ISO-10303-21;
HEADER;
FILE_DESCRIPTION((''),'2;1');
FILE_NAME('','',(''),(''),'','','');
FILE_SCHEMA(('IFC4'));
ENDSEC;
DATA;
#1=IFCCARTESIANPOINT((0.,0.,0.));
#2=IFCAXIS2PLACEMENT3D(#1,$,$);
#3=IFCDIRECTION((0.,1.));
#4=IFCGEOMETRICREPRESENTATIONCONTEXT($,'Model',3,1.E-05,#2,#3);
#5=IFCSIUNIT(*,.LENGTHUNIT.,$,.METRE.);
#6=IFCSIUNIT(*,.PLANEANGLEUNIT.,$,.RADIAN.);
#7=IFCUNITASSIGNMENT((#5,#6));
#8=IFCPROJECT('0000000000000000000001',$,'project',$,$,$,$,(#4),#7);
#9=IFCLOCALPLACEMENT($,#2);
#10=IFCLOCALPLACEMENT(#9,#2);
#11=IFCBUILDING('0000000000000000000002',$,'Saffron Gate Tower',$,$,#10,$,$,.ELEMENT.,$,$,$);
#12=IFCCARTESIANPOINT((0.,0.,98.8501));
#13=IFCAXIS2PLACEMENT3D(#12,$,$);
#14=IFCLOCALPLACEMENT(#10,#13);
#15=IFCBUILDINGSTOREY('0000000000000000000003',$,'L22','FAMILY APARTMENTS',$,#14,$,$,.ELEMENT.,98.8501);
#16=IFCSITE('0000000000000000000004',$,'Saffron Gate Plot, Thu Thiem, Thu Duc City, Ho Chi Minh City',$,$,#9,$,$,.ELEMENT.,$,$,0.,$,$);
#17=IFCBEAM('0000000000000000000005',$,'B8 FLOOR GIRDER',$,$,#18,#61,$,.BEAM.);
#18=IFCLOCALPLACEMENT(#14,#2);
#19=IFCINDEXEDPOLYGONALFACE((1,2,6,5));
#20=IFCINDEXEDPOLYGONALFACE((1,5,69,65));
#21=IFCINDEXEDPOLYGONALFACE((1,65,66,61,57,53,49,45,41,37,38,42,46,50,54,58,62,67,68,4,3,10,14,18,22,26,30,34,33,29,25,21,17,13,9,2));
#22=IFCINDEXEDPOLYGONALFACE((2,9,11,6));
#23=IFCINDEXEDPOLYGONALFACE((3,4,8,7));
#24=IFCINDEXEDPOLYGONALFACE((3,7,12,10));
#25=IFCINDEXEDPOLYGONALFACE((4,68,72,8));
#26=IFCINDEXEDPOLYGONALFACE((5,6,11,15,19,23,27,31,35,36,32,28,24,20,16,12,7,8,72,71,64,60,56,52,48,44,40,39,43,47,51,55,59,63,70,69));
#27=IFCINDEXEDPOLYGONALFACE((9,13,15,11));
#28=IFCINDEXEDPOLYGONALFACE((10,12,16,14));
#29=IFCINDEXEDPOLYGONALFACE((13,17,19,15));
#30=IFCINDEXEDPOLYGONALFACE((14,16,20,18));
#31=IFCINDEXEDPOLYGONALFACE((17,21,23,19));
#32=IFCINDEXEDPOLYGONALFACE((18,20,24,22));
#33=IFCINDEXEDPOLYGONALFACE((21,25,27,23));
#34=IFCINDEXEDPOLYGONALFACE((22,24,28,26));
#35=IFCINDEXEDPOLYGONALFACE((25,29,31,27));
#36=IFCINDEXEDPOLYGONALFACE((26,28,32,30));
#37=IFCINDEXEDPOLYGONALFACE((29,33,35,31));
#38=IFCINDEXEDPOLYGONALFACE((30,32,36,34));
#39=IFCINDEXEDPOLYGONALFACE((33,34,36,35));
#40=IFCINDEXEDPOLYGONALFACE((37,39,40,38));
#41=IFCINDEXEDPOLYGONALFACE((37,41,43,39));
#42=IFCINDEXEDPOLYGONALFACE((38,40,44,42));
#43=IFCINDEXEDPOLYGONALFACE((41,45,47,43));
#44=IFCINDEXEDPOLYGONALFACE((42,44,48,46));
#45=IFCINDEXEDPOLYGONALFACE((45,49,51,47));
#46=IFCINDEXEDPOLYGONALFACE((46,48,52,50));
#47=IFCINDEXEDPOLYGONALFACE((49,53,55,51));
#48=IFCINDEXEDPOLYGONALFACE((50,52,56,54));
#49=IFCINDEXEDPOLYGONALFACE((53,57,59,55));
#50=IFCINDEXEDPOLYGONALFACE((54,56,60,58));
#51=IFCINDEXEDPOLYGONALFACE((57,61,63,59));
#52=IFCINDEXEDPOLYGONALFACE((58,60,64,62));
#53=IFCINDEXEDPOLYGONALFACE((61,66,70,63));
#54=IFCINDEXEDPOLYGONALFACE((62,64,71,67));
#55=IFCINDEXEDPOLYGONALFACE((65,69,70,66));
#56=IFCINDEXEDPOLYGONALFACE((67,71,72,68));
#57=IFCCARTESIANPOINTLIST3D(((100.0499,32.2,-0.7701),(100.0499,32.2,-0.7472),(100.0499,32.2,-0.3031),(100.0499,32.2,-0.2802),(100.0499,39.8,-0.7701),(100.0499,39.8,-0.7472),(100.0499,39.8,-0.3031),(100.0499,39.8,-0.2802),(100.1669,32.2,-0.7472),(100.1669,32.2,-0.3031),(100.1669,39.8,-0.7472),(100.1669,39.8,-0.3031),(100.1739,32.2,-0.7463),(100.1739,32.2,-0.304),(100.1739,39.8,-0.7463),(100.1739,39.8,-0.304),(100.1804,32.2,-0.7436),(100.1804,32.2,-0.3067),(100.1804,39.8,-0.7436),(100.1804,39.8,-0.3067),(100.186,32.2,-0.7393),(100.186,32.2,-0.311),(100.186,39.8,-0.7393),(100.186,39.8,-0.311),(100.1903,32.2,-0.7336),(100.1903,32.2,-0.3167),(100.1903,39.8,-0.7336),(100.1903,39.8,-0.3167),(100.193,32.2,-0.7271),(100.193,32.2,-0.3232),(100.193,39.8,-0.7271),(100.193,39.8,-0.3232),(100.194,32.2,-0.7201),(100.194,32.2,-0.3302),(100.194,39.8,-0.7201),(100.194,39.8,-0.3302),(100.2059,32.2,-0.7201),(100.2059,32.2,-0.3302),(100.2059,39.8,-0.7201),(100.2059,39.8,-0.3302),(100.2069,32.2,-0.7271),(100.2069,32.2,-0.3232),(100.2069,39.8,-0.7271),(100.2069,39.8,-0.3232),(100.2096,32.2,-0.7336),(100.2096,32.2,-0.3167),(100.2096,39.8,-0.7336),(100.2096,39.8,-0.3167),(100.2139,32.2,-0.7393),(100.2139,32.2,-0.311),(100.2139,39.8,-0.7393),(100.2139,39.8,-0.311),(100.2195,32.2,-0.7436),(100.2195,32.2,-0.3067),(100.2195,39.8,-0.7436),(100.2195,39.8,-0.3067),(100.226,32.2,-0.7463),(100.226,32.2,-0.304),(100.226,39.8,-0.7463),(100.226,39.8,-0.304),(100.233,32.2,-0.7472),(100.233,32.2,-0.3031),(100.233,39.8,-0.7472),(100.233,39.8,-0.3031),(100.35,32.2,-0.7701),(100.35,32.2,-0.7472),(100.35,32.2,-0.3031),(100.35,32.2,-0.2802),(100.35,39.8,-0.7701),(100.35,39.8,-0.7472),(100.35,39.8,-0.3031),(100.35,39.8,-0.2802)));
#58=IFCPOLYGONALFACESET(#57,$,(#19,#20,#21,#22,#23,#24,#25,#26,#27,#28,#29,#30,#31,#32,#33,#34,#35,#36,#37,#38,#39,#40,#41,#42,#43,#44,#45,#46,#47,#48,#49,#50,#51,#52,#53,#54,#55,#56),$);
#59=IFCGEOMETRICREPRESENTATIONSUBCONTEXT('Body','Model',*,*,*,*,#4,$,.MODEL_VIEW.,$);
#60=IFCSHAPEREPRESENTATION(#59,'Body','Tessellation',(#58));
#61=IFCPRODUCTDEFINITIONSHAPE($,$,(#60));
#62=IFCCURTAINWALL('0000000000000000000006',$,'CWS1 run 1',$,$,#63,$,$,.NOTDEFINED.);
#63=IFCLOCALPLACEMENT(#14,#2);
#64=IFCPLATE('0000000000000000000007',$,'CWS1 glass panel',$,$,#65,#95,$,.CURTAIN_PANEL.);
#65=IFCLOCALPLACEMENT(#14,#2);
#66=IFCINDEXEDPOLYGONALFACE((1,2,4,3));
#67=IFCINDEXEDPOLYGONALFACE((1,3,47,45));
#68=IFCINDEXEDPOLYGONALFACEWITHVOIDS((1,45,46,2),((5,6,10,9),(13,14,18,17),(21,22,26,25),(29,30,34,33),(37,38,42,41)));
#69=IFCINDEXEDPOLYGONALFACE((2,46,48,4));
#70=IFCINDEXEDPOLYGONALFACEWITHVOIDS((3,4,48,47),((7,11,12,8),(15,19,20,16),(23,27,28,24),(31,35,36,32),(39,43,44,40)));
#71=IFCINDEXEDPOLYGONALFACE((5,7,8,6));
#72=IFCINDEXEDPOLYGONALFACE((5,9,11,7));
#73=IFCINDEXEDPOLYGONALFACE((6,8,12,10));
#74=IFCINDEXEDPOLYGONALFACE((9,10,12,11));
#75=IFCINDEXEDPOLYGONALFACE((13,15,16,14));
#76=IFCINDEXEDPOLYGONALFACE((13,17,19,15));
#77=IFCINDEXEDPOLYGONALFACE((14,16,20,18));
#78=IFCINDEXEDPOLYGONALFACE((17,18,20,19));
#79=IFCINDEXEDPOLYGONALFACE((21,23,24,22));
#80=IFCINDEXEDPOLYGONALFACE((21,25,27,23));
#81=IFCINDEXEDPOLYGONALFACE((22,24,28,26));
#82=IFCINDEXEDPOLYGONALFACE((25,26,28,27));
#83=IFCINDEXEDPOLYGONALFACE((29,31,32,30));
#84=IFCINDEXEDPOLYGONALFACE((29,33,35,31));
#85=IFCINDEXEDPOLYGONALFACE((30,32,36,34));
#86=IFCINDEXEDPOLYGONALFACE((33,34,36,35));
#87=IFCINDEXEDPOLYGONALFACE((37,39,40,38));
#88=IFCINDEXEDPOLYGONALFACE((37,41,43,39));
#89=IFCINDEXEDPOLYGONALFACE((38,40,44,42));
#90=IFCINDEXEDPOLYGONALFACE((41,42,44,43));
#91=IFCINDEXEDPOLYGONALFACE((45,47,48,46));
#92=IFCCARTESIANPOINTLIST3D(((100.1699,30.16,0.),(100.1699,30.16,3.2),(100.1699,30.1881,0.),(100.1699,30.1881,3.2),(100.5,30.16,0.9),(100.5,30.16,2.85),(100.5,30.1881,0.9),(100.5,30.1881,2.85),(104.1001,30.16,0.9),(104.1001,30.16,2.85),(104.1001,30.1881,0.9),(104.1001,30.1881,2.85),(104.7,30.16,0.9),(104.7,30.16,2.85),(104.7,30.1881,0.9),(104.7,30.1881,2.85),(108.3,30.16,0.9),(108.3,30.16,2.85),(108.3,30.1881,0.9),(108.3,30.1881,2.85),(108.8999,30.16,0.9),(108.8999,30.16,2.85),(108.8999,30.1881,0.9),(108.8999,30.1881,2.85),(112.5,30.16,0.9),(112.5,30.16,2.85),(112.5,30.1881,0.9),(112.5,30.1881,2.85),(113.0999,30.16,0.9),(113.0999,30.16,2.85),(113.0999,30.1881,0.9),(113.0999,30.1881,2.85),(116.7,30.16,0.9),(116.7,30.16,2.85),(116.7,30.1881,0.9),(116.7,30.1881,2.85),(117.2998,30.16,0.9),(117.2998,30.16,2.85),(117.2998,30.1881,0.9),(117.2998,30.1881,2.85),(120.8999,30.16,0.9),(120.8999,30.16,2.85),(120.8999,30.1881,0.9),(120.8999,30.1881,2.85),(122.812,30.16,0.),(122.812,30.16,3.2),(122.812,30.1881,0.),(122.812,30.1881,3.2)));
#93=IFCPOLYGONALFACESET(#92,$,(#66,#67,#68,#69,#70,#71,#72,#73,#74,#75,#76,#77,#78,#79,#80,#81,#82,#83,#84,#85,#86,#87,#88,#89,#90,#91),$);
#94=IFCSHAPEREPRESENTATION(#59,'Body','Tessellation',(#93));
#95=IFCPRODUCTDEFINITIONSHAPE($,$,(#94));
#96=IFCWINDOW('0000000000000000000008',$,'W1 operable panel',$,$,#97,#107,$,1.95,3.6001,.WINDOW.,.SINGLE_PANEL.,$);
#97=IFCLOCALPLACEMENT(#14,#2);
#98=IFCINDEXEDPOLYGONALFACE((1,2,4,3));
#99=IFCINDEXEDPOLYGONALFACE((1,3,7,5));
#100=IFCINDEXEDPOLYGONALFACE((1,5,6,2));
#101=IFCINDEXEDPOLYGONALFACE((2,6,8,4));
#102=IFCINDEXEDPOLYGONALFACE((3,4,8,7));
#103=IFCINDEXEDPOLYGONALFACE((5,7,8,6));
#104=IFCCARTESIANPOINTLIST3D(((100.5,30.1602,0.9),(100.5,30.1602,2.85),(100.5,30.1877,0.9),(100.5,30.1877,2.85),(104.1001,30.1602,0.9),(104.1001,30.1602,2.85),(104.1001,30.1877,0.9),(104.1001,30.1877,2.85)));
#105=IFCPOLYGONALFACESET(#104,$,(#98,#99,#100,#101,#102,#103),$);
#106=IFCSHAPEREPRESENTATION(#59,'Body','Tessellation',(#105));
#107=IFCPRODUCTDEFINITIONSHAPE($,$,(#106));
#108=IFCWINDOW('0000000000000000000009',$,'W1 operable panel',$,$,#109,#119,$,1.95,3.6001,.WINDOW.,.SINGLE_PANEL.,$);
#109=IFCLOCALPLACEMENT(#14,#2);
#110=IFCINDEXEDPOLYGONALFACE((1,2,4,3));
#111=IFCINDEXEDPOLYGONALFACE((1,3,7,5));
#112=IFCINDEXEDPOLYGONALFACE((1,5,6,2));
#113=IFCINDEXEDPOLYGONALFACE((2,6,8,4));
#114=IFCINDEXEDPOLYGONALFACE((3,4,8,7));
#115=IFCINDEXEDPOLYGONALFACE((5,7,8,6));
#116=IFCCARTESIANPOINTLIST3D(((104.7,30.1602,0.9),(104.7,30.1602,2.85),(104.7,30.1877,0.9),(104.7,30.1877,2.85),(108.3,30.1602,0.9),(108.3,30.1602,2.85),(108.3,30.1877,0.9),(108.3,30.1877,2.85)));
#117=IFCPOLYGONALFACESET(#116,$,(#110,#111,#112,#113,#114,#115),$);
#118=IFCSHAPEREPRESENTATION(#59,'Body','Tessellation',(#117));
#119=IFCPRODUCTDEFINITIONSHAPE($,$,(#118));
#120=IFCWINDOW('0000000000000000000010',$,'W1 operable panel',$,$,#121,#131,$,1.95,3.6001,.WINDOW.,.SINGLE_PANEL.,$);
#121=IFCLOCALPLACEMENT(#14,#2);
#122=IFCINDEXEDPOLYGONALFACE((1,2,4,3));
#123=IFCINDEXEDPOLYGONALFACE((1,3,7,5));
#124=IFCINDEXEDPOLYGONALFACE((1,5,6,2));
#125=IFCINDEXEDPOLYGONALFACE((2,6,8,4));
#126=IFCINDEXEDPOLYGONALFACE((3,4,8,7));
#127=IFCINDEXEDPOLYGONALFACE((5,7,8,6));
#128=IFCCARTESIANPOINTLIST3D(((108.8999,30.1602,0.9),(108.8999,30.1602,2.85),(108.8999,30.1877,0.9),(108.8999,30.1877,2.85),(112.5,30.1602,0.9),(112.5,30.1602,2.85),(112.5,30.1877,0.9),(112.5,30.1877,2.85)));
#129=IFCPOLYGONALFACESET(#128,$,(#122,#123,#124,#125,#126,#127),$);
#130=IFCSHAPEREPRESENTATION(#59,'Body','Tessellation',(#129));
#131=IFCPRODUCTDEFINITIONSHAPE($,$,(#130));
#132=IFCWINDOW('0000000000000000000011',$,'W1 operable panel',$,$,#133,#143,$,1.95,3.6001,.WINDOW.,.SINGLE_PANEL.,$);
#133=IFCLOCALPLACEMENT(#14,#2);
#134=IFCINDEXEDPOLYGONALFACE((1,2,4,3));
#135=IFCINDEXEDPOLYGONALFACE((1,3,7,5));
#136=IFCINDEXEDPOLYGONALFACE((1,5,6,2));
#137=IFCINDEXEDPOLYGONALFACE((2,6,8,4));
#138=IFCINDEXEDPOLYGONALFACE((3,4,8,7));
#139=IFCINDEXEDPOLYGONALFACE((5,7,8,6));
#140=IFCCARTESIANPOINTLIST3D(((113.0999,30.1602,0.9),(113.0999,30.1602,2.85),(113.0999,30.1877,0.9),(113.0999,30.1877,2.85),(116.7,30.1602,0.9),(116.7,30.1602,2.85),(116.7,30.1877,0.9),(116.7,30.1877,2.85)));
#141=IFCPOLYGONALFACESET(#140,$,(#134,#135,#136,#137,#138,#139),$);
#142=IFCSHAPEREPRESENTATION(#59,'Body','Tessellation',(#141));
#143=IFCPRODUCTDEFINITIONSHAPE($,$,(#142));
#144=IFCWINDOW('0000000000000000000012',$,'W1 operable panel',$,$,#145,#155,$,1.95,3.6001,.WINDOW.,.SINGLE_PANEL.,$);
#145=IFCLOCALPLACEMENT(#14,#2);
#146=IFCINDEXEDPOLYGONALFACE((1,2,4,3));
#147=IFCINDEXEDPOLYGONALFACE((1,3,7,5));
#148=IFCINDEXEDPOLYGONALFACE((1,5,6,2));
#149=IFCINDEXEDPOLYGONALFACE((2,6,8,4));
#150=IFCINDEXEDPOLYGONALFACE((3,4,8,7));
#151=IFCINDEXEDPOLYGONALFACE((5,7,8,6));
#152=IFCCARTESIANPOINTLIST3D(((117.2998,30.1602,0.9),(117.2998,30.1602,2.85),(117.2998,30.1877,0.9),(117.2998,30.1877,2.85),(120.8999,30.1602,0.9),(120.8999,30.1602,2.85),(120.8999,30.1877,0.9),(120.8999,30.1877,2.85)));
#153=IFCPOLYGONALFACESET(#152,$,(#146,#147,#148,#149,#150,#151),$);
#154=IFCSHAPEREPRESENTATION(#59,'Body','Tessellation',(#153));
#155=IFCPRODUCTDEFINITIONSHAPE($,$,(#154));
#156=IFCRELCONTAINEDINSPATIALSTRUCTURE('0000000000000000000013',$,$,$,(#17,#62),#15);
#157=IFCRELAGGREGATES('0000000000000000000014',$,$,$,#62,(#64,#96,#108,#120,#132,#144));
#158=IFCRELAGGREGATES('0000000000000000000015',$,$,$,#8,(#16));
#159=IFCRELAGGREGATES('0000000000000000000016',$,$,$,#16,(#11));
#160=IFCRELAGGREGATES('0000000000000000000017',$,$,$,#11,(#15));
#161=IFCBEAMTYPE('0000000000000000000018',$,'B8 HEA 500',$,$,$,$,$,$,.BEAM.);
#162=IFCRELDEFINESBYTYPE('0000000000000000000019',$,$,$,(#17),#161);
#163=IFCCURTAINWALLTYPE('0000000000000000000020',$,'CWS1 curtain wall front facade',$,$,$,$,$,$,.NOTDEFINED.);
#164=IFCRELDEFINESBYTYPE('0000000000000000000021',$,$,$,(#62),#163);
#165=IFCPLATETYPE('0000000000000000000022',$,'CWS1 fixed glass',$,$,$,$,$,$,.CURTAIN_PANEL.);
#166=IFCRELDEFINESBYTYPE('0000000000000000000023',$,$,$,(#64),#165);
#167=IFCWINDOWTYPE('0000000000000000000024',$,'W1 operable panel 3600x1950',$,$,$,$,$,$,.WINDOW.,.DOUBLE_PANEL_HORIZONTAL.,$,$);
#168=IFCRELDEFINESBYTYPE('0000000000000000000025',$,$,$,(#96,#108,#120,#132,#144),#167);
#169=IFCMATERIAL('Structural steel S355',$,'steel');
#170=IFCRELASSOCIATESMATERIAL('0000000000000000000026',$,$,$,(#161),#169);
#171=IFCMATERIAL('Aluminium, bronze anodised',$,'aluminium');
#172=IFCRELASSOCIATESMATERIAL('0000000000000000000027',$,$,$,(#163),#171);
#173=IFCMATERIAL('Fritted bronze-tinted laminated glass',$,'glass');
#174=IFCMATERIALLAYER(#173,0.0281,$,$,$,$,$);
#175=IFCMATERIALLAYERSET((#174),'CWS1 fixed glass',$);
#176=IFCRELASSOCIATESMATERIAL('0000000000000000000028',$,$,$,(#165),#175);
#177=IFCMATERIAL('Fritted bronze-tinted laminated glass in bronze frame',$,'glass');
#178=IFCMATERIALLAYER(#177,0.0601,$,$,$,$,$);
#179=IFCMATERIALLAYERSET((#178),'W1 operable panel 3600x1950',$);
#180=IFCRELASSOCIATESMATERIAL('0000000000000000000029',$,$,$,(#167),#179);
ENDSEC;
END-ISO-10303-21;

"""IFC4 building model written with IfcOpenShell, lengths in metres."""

from ifc_helpers import new_model, si_unit, direction, frame, frame_2d, origin, origin_2d, place, context, subcontext, project, spatial, rectangle, i_section, extrude, material, layer, layer_set, material_profile, profile_set, type_object, element, fill, aggregate, save


model = new_model("IFC4")

# Units and contexts
model_context = context("Model", 3, precision=1e-05, world=origin(), true_north=direction((0.0, 1.0)))
body_context = subcontext(model_context, "Body", "Model", "MODEL_VIEW")
ifc_project = project(units=[si_unit("LENGTHUNIT", "METRE"), si_unit("PLANEANGLEUNIT", "RADIAN")], contexts=[model_context])

# Site, building, storey
site_placement = place(None, origin())
site = spatial("IfcSite", under=ifc_project, at=site_placement, Name="Saffron Gate Plot, Thu Thiem, Thu Duc City, Ho Chi Minh City", CompositionType="ELEMENT", RefElevation=0.0)
building_placement = place(site_placement, origin())
building = spatial("IfcBuilding", under=site, at=building_placement, Name="Saffron Gate Tower", CompositionType="ELEMENT")
storey_placement = place(building_placement, frame((0.0, 0.0, 98.8501)))
storey = spatial("IfcBuildingStorey", under=building, at=storey_placement, Name="L22", Description="FAMILY APARTMENTS", CompositionType="ELEMENT", Elevation=98.8501)

# Beam
ifc_material_1 = material(Name="Structural steel S355", Category="steel")
ifc_material_profile_1 = material_profile(ifc_material_1, i_section(OverallWidth=0.3, OverallDepth=0.49, WebThickness=0.012, FlangeThickness=0.0229, FilletRadius=0.0271, at=origin_2d()))
ifc_profile_set_1 = profile_set([ifc_material_profile_1], Name="Structural steel S355")
beam_type_1 = type_object("IfcBeamType", Name="B8 HEA 500", PredefinedType="BEAM", material=ifc_profile_set_1)
beam_1_placement = place(storey_placement, frame((100.2, 32.2, -0.5251), z_axis=(0.0, 1.0, 0.0), x_axis=(-1.0, 0.0, 0.0)))
element("IfcBeam", 1, at=beam_1_placement, inside=storey, type_object=beam_type_1, Name="B8 FLOOR GIRDER", PredefinedType="BEAM", context=body_context, shape_type="SweptSolid", body=[
    extrude(i_section(OverallWidth=0.3, OverallDepth=0.49, WebThickness=0.012, FlangeThickness=0.0229, FilletRadius=0.0271, at=origin_2d()), origin(), (0.0, 0.0, 1.0), 7.6001),
])

# Curtain wall, plate, openings, windows
ifc_material_2 = material(Name="Aluminium, bronze anodised", Category="aluminium")
curtain_wall_type = type_object("IfcCurtainWallType", Name="CWS1 curtain wall front facade", PredefinedType="NOTDEFINED", material=ifc_material_2)
curtain_wall_placement = place(storey_placement, origin())
curtain_wall = element("IfcCurtainWall", 2, at=curtain_wall_placement, inside=storey, type_object=curtain_wall_type, Name="CWS1 run 1", PredefinedType="NOTDEFINED")
ifc_material_3 = material(Name="Fritted bronze-tinted laminated glass", Category="glass")
ifc_layer_1 = layer(ifc_material_3, 0.0281)
ifc_layer_set_1 = layer_set([ifc_layer_1], Name="CWS1 fixed glass")
plate_type = type_object("IfcPlateType", Name="CWS1 fixed glass", PredefinedType="CURTAIN_PANEL", material=ifc_layer_set_1)
plate_placement = place(storey_placement, frame((100.1699, 30.1741, 0.0), z_axis=(0.0, 0.0, 1.0), x_axis=(1.0, 0.0, 0.0)))
plate = element("IfcPlate", 3, at=plate_placement, type_object=plate_type, Name="CWS1 glass panel", PredefinedType="CURTAIN_PANEL", context=body_context, shape_type="SweptSolid", body=[
    extrude(rectangle(XDim=22.6421, YDim=0.0281, at=frame_2d((11.321, 0.0))), origin(), (0.0, 0.0, 1.0), 3.2),
])
opening_1_placement = place(plate_placement, frame((0.3301, 0.0, 0.8999)))
opening_1 = element("IfcOpeningElement", 4, at=opening_1_placement, cuts=plate, PredefinedType="OPENING", context=body_context, shape_type="SweptSolid", body=[
    extrude(rectangle(XDim=3.6001, YDim=1.95, at=frame_2d((1.8, 0.9751))), frame((0.0, 0.0239, 0.0), z_axis=(0.0, -1.0, 0.0), x_axis=(1.0, 0.0, 0.0)), (0.0, 0.0, 1.0), 0.0481),
])
opening_2_placement = place(plate_placement, frame((4.53, 0.0, 0.8999)))
opening_2 = element("IfcOpeningElement", 5, at=opening_2_placement, cuts=plate, PredefinedType="OPENING", context=body_context, shape_type="SweptSolid", body=[
    extrude(rectangle(XDim=3.6001, YDim=1.95, at=frame_2d((1.8, 0.9751))), frame((0.0, 0.0239, 0.0), z_axis=(0.0, -1.0, 0.0), x_axis=(1.0, 0.0, 0.0)), (0.0, 0.0, 1.0), 0.0481),
])
opening_3_placement = place(plate_placement, frame((8.73, 0.0, 0.8999)))
opening_3 = element("IfcOpeningElement", 6, at=opening_3_placement, cuts=plate, PredefinedType="OPENING", context=body_context, shape_type="SweptSolid", body=[
    extrude(rectangle(XDim=3.6001, YDim=1.95, at=frame_2d((1.8, 0.9751))), frame((0.0, 0.0239, 0.0), z_axis=(0.0, -1.0, 0.0), x_axis=(1.0, 0.0, 0.0)), (0.0, 0.0, 1.0), 0.0481),
])
opening_4_placement = place(plate_placement, frame((12.9299, 0.0, 0.8999)))
opening_4 = element("IfcOpeningElement", 7, at=opening_4_placement, cuts=plate, PredefinedType="OPENING", context=body_context, shape_type="SweptSolid", body=[
    extrude(rectangle(XDim=3.6001, YDim=1.95, at=frame_2d((1.8, 0.9751))), frame((0.0, 0.0239, 0.0), z_axis=(0.0, -1.0, 0.0), x_axis=(1.0, 0.0, 0.0)), (0.0, 0.0, 1.0), 0.0481),
])
opening_5_placement = place(plate_placement, frame((17.1299, 0.0, 0.8999)))
opening_5 = element("IfcOpeningElement", 8, at=opening_5_placement, cuts=plate, PredefinedType="OPENING", context=body_context, shape_type="SweptSolid", body=[
    extrude(rectangle(XDim=3.6001, YDim=1.95, at=frame_2d((1.8, 0.9751))), frame((0.0, 0.0239, 0.0), z_axis=(0.0, -1.0, 0.0), x_axis=(1.0, 0.0, 0.0)), (0.0, 0.0, 1.0), 0.0481),
])
ifc_material_4 = material(Name="Fritted bronze-tinted laminated glass in bronze frame", Category="glass")
ifc_layer_2 = layer(ifc_material_4, 0.0601)
ifc_layer_set_2 = layer_set([ifc_layer_2], Name="W1 operable panel 3600x1950")
window_type = type_object("IfcWindowType", Name="W1 operable panel 3600x1950", PartitioningType="DOUBLE_PANEL_HORIZONTAL", PredefinedType="WINDOW", material=ifc_layer_set_2)
window_1_placement = place(opening_1_placement, origin())
window_1 = element("IfcWindow", 9, at=window_1_placement, type_object=window_type, Name="W1 operable panel", OverallHeight=1.95, OverallWidth=3.6001, PartitioningType="SINGLE_PANEL", PredefinedType="WINDOW", context=body_context, shape_type="SweptSolid", body=[
    extrude(rectangle(XDim=3.6001, YDim=1.95, at=frame_2d((1.8, 0.9751))), frame((0.0, 0.0137, 0.0), z_axis=(0.0, -1.0, 0.0), x_axis=(1.0, 0.0, 0.0)), (0.0, 0.0, 1.0), 0.0276),
])
fill(opening_1, window_1)
window_2_placement = place(opening_2_placement, origin())
window_2 = element("IfcWindow", 10, at=window_2_placement, type_object=window_type, Name="W1 operable panel", OverallHeight=1.95, OverallWidth=3.6001, PartitioningType="SINGLE_PANEL", PredefinedType="WINDOW", context=body_context, shape_type="SweptSolid", body=[
    extrude(rectangle(XDim=3.6001, YDim=1.95, at=frame_2d((1.8, 0.9751))), frame((0.0, 0.0137, 0.0), z_axis=(0.0, -1.0, 0.0), x_axis=(1.0, 0.0, 0.0)), (0.0, 0.0, 1.0), 0.0276),
])
fill(opening_2, window_2)
window_3_placement = place(opening_3_placement, origin())
window_3 = element("IfcWindow", 11, at=window_3_placement, type_object=window_type, Name="W1 operable panel", OverallHeight=1.95, OverallWidth=3.6001, PartitioningType="SINGLE_PANEL", PredefinedType="WINDOW", context=body_context, shape_type="SweptSolid", body=[
    extrude(rectangle(XDim=3.6001, YDim=1.95, at=frame_2d((1.8, 0.9751))), frame((0.0, 0.0137, 0.0), z_axis=(0.0, -1.0, 0.0), x_axis=(1.0, 0.0, 0.0)), (0.0, 0.0, 1.0), 0.0276),
])
fill(opening_3, window_3)
window_4_placement = place(opening_4_placement, origin())
window_4 = element("IfcWindow", 12, at=window_4_placement, type_object=window_type, Name="W1 operable panel", OverallHeight=1.95, OverallWidth=3.6001, PartitioningType="SINGLE_PANEL", PredefinedType="WINDOW", context=body_context, shape_type="SweptSolid", body=[
    extrude(rectangle(XDim=3.6001, YDim=1.95, at=frame_2d((1.8, 0.9751))), frame((0.0, 0.0137, 0.0), z_axis=(0.0, -1.0, 0.0), x_axis=(1.0, 0.0, 0.0)), (0.0, 0.0, 1.0), 0.0276),
])
fill(opening_4, window_4)
window_5_placement = place(opening_5_placement, origin())
window_5 = element("IfcWindow", 13, at=window_5_placement, type_object=window_type, Name="W1 operable panel", OverallHeight=1.95, OverallWidth=3.6001, PartitioningType="SINGLE_PANEL", PredefinedType="WINDOW", context=body_context, shape_type="SweptSolid", body=[
    extrude(rectangle(XDim=3.6001, YDim=1.95, at=frame_2d((1.8, 0.9751))), frame((0.0, 0.0137, 0.0), z_axis=(0.0, -1.0, 0.0), x_axis=(1.0, 0.0, 0.0)), (0.0, 0.0, 1.0), 0.0276),
])
fill(opening_5, window_5)
aggregate(curtain_wall, [plate, window_1, window_2, window_3, window_4, window_5])

save(model, "model.ifc")
